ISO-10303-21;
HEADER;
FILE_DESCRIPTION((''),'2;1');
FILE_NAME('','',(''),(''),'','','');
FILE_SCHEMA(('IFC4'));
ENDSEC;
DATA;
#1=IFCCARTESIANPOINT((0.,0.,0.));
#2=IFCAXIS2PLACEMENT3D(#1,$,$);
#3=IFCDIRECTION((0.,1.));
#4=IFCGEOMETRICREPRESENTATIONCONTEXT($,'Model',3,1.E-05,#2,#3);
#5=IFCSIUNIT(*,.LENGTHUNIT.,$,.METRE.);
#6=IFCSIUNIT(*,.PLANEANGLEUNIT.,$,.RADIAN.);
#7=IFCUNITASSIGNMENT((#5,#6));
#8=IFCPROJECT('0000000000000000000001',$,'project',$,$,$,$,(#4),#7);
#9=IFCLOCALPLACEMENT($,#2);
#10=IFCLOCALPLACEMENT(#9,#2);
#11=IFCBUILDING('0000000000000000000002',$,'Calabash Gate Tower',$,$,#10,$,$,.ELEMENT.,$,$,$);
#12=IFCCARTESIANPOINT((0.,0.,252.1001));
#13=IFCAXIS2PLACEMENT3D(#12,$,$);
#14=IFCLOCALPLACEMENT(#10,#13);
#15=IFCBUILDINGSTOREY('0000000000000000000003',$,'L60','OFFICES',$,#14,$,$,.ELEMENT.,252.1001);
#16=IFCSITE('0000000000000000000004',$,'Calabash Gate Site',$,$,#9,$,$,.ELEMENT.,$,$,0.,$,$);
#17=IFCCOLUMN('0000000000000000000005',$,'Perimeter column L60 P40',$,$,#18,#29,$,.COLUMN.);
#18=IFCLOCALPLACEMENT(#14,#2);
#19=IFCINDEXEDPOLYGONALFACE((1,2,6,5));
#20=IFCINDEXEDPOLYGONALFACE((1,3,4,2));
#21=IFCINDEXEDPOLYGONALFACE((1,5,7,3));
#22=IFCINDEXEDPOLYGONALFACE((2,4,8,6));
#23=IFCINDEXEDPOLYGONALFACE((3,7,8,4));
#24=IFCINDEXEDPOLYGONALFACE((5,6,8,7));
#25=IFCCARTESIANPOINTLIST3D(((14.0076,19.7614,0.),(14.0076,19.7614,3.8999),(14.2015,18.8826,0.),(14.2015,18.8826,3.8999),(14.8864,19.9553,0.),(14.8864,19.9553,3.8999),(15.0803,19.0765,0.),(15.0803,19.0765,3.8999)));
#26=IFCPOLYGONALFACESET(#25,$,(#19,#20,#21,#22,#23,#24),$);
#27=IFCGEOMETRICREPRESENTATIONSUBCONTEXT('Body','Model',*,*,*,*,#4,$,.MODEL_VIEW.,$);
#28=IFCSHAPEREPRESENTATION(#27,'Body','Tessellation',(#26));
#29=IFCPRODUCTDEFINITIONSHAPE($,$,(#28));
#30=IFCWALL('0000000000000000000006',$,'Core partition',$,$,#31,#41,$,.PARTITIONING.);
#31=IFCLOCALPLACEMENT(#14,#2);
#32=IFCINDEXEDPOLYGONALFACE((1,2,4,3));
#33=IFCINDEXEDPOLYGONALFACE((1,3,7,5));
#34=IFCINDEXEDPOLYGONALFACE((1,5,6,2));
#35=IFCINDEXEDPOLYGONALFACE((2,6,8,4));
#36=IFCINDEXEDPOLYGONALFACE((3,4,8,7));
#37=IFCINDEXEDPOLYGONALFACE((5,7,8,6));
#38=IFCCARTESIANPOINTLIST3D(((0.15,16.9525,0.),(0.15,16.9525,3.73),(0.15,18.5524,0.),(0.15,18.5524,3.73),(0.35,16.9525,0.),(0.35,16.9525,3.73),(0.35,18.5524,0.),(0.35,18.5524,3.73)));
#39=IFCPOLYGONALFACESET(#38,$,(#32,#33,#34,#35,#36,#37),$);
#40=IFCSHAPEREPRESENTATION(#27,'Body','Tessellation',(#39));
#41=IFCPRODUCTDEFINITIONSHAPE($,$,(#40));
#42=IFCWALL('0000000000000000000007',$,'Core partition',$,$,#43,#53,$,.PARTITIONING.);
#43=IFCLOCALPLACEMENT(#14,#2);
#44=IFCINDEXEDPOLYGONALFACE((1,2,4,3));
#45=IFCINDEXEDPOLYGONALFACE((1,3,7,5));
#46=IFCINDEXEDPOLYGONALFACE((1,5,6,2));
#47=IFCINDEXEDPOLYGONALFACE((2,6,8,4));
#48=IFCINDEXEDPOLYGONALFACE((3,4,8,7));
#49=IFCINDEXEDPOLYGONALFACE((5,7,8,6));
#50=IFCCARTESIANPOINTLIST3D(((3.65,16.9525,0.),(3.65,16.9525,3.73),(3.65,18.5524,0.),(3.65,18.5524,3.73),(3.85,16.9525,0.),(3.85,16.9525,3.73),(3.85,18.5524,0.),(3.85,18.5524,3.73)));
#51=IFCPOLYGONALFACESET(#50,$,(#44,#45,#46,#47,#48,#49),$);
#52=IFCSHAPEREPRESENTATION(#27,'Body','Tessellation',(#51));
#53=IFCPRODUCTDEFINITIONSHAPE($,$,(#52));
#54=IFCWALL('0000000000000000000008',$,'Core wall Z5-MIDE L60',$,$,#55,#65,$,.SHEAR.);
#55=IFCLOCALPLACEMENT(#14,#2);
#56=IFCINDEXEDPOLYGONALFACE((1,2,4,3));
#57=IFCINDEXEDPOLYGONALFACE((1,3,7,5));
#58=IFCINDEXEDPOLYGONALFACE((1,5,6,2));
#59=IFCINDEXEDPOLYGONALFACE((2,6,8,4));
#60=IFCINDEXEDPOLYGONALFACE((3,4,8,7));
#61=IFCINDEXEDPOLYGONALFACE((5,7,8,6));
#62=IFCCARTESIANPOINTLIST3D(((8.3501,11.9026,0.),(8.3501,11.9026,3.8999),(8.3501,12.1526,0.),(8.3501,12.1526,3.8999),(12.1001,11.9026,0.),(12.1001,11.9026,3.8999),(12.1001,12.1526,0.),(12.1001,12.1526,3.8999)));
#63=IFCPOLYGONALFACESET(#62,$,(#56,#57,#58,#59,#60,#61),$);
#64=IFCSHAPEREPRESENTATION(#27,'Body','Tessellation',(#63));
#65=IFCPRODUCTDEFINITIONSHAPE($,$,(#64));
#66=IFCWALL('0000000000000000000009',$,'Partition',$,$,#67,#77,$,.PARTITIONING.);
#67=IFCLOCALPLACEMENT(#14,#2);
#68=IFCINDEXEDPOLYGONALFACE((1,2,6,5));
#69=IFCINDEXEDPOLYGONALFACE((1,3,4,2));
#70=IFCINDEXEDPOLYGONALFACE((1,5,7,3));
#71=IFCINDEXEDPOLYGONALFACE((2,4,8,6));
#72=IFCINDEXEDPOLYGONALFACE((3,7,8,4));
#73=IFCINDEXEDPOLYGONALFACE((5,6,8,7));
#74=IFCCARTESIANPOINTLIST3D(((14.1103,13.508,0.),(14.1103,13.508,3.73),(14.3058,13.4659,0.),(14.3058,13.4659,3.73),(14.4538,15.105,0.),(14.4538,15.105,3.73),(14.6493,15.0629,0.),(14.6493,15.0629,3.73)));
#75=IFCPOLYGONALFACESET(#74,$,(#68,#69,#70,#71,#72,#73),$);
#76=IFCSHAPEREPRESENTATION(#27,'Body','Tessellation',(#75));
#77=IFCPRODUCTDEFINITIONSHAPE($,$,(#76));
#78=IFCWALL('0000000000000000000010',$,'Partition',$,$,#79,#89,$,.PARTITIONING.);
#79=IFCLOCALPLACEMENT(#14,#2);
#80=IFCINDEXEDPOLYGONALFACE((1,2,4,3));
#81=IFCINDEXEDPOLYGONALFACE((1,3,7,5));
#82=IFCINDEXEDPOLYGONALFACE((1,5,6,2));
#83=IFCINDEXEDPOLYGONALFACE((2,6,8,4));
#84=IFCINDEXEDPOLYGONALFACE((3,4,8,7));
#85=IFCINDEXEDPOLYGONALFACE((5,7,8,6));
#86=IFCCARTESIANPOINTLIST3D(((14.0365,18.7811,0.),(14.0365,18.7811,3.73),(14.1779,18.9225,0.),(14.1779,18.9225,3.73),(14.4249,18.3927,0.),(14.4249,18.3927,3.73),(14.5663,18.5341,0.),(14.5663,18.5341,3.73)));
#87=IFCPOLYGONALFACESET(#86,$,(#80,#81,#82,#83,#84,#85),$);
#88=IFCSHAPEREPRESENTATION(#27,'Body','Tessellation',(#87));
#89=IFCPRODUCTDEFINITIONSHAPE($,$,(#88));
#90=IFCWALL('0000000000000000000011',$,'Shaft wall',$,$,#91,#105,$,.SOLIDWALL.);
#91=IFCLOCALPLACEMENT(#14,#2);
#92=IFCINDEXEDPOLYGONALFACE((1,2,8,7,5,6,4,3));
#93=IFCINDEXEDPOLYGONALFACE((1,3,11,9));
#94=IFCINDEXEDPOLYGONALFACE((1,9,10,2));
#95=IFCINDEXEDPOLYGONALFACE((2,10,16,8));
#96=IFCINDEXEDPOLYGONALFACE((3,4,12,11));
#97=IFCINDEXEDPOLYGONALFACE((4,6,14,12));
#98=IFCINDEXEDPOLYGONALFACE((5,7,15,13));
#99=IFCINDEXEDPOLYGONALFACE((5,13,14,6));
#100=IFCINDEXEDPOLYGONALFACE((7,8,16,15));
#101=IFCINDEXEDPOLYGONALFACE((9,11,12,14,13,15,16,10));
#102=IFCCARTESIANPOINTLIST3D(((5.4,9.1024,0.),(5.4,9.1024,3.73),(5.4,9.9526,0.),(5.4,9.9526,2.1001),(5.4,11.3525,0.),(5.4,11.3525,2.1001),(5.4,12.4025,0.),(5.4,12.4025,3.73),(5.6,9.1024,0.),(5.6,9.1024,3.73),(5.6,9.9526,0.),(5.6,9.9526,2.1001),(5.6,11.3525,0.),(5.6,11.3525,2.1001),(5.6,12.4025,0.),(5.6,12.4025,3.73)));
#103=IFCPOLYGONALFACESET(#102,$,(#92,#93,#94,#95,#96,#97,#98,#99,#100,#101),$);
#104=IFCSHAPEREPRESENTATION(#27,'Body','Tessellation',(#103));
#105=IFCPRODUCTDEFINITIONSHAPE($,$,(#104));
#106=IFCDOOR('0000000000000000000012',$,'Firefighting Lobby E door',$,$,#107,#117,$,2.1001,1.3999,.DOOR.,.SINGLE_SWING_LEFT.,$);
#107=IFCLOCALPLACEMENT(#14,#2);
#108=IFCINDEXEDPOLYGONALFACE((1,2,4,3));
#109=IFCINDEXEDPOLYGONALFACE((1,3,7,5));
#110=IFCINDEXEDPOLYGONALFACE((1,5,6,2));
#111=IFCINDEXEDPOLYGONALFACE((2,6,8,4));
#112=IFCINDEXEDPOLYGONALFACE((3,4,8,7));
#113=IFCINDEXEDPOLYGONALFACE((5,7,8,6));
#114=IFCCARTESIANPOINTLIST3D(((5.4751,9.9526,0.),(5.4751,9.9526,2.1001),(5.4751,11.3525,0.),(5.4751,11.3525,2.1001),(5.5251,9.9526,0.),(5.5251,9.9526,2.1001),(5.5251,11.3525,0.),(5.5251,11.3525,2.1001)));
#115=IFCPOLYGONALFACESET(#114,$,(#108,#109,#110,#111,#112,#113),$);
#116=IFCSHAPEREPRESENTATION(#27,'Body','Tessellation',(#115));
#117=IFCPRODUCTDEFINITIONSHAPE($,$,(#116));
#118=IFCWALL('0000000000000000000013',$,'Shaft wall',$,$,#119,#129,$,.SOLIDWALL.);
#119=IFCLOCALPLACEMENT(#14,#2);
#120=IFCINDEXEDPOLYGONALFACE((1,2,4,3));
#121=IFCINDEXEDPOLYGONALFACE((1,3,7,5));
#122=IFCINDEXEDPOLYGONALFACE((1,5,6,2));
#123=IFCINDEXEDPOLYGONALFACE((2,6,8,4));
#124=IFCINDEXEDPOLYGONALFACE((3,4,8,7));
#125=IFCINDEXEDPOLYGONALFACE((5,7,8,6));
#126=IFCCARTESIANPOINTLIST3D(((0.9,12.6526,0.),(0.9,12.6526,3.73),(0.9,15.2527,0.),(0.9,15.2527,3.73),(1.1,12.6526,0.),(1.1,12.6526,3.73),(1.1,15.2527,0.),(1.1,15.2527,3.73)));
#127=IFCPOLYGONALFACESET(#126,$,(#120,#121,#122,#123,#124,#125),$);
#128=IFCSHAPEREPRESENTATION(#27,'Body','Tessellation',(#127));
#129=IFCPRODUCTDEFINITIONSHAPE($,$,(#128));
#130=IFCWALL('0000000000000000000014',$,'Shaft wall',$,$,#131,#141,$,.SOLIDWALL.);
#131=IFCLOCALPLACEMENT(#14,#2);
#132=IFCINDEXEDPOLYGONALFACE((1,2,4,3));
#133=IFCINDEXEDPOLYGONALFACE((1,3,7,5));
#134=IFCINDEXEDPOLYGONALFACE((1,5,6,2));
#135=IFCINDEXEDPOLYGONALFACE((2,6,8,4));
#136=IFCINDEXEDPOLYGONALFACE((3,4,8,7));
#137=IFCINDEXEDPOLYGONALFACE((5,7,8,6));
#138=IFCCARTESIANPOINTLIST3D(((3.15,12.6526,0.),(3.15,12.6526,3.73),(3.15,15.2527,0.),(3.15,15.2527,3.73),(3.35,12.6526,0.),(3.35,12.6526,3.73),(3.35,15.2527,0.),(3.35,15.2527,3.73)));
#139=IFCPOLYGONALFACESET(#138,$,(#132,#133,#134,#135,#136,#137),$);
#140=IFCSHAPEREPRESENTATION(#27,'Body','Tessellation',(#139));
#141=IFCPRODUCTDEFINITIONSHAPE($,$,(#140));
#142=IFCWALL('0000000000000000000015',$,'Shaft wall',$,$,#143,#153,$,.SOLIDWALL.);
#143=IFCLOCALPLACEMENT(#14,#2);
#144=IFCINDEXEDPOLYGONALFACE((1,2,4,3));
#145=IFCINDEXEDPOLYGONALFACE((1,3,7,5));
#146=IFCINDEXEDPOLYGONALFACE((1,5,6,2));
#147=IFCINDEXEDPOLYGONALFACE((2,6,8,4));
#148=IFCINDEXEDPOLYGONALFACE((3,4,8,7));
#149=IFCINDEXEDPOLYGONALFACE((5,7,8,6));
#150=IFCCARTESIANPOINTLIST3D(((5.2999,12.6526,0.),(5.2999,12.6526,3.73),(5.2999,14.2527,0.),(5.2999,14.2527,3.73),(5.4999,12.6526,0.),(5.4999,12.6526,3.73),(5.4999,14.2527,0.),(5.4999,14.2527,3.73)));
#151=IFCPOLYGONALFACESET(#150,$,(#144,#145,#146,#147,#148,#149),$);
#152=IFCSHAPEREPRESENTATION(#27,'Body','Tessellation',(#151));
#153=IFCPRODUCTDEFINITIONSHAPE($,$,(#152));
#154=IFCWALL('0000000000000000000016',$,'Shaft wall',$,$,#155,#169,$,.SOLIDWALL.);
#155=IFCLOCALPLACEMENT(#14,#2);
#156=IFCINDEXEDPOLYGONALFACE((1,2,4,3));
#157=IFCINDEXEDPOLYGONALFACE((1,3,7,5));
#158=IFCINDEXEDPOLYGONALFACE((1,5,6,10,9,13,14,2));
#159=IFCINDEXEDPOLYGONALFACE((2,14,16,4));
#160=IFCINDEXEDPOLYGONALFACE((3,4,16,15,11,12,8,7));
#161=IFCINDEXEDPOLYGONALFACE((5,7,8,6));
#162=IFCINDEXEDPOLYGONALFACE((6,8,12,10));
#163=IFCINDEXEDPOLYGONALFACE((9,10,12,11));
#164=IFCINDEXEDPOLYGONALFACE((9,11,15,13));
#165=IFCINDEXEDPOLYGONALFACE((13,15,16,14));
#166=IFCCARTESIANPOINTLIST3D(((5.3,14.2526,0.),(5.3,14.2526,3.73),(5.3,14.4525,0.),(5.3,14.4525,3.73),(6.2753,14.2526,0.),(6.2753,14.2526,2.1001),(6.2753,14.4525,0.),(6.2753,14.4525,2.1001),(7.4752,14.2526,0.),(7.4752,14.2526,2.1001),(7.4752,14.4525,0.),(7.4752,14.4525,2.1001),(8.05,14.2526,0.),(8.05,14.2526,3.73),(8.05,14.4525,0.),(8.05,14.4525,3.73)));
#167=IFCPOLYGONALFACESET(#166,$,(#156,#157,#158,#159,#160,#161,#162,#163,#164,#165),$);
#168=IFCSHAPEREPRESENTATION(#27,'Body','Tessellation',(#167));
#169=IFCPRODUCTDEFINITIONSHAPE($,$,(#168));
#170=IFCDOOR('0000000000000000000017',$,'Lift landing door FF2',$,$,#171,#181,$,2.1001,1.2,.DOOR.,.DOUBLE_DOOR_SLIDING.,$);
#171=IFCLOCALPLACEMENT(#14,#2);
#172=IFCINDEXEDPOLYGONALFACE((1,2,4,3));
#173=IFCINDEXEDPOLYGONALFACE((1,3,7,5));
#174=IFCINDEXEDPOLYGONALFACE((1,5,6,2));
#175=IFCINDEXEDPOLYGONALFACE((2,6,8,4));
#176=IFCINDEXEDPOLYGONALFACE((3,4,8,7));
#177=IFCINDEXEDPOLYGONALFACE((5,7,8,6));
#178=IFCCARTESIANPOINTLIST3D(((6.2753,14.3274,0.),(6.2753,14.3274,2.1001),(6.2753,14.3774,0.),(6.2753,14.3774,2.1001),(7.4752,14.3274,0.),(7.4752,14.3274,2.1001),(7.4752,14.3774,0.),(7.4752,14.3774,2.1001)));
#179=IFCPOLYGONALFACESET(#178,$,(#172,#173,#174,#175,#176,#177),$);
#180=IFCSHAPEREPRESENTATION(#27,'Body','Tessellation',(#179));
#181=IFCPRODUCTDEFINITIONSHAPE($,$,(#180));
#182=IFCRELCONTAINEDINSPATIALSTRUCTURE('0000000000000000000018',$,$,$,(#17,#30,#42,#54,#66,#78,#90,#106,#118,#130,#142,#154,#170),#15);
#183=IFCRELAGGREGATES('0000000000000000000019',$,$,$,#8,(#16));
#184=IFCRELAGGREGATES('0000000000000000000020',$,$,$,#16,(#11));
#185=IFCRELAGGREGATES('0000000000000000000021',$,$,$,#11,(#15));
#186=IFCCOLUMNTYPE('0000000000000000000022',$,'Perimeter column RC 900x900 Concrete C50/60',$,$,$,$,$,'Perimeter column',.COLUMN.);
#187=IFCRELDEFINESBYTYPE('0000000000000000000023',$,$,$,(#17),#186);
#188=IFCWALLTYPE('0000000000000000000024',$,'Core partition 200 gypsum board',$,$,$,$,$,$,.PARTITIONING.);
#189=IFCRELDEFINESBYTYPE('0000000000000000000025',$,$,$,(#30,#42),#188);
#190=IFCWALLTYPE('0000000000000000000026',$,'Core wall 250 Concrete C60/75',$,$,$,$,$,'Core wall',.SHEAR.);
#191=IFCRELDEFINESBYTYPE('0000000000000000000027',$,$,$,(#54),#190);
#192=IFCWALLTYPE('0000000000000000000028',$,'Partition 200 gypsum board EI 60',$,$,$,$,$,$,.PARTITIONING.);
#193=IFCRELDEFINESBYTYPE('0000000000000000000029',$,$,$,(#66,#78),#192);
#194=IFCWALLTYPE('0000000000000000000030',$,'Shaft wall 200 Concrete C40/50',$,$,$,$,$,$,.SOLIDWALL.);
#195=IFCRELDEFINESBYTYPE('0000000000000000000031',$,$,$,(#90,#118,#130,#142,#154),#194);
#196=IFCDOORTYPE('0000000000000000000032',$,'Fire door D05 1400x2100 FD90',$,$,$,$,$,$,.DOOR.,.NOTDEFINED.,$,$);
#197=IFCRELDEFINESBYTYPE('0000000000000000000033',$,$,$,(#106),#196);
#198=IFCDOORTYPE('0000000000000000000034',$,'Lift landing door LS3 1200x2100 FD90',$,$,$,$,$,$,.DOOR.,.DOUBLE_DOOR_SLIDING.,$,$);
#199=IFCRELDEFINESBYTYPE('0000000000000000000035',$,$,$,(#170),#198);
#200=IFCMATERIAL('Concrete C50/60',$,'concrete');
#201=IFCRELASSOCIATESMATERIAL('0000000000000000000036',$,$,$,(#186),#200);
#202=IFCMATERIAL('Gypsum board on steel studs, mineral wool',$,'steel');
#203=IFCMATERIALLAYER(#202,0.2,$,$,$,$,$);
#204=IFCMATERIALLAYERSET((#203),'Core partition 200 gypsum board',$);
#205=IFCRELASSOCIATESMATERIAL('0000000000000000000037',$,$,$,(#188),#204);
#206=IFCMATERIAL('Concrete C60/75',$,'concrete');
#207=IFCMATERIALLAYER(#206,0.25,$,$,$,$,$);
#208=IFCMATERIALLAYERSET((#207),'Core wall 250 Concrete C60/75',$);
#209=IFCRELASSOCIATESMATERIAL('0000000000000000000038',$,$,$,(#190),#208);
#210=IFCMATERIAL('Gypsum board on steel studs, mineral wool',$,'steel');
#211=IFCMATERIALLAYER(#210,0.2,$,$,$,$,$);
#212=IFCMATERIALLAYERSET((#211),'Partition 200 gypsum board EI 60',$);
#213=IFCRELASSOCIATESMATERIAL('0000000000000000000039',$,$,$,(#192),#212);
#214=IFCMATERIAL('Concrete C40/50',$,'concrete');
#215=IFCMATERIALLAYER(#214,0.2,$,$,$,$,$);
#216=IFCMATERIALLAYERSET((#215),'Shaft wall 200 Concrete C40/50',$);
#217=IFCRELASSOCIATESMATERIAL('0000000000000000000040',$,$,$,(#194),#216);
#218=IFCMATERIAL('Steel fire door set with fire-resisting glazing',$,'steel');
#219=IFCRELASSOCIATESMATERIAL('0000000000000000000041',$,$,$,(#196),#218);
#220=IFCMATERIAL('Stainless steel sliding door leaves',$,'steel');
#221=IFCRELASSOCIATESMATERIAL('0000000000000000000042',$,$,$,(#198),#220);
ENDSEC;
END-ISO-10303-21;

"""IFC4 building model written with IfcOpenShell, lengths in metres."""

from ifc_helpers import new_model, si_unit, direction, frame, frame_2d, origin, origin_2d, place, context, subcontext, project, spatial, rectangle, extrude, material, layer, layer_set, material_profile, profile_set, type_object, element, fill, save


model = new_model("IFC4")

# Units and contexts
model_context = context("Model", 3, precision=1e-05, world=origin(), true_north=direction((0.0, 1.0)))
body_context = subcontext(model_context, "Body", "Model", "MODEL_VIEW")
ifc_project = project(units=[si_unit("LENGTHUNIT", "METRE"), si_unit("PLANEANGLEUNIT", "RADIAN")], contexts=[model_context])

# Site, building, storey
site_placement = place(None, origin())
site = spatial("IfcSite", under=ifc_project, at=site_placement, Name="Calabash Gate Site", CompositionType="ELEMENT", RefElevation=0.0)
building_placement = place(site_placement, origin())
building = spatial("IfcBuilding", under=site, at=building_placement, Name="Calabash Gate Tower", CompositionType="ELEMENT")
storey_placement = place(building_placement, frame((0.0, 0.0, 252.1001)))
storey = spatial("IfcBuildingStorey", under=building, at=storey_placement, Name="L60", Description="OFFICES", CompositionType="ELEMENT", Elevation=252.1001)

# Column
ifc_material_1 = material(Name="Concrete C50/60", Category="concrete")
ifc_material_profile = material_profile(ifc_material_1, rectangle(XDim=0.8999, YDim=0.8999, at=origin_2d()))
ifc_profile_set = profile_set([ifc_material_profile], Name="Concrete C50/60")
column_type = type_object("IfcColumnType", Name="Perimeter column RC 900x900 Concrete C50/60", ElementType="Perimeter column", PredefinedType="COLUMN", material=ifc_profile_set)
column_placement = place(storey_placement, frame((14.5439, 19.4189, 0.0), z_axis=(0.0, 0.0, 1.0), x_axis=(-0.976511, -0.215468, 0.0)))
element("IfcColumn", 1, at=column_placement, inside=storey, type_object=column_type, Name="Perimeter column L60 P40", PredefinedType="COLUMN", context=body_context, shape_type="SweptSolid", body=[
    extrude(rectangle(XDim=0.8999, YDim=0.8999, at=origin_2d()), origin(), (0.0, 0.0, 1.0), 3.8999),
])

# Walls
ifc_material_2 = material(Name="Gypsum board on steel studs, mineral wool", Category="steel")
ifc_layer_1 = layer(ifc_material_2, 0.2)
ifc_layer_set_1 = layer_set([ifc_layer_1], Name="Core partition 200 gypsum board")
wall_type_1 = type_object("IfcWallType", Name="Core partition 200 gypsum board", PredefinedType="PARTITIONING", material=ifc_layer_set_1)
for number, where, z_axis, x_axis, name in (
    (2, (0.25, 16.9526, 0.0), (0.0, 0.0, 1.0), (0.0, 1.0, 0.0), "Core partition"),
    (3, (3.75, 16.9526, 0.0), (0.0, 0.0, 1.0), (0.0, 1.0, 0.0), "Core partition"),
):
    element("IfcWall", number, at=place(storey_placement, frame(where, z_axis=z_axis, x_axis=x_axis)), inside=storey, type_object=wall_type_1, Name=name, PredefinedType="PARTITIONING", context=body_context, shape_type="SweptSolid", body=[
        extrude(rectangle(XDim=1.5999, YDim=0.2, at=frame_2d((0.7998, 0.0))), origin(), (0.0, 0.0, 1.0), 3.73),
    ])
ifc_material_3 = material(Name="Concrete C60/75", Category="concrete")
ifc_layer_2 = layer(ifc_material_3, 0.25)
ifc_layer_set_2 = layer_set([ifc_layer_2], Name="Core wall 250 Concrete C60/75")
wall_type_2 = type_object("IfcWallType", Name="Core wall 250 Concrete C60/75", ElementType="Core wall", PredefinedType="SHEAR", material=ifc_layer_set_2)
wall_1_placement = place(storey_placement, frame((8.3501, 12.0276, 0.0), z_axis=(0.0, 0.0, 1.0), x_axis=(1.0, 0.0, 0.0)))
element("IfcWall", 4, at=wall_1_placement, inside=storey, type_object=wall_type_2, Name="Core wall Z5-MIDE L60", PredefinedType="SHEAR", context=body_context, shape_type="SweptSolid", body=[
    extrude(rectangle(XDim=3.75, YDim=0.25, at=frame_2d((1.875, 0.0))), origin(), (0.0, 0.0, 1.0), 3.8999),
])
ifc_material_4 = material(Name="Gypsum board on steel studs, mineral wool", Category="steel")
ifc_layer_3 = layer(ifc_material_4, 0.2)
ifc_layer_set_3 = layer_set([ifc_layer_3], Name="Partition 200 gypsum board EI 60")
wall_type_3 = type_object("IfcWallType", Name="Partition 200 gypsum board EI 60", PredefinedType="PARTITIONING", material=ifc_layer_set_3)
wall_2_placement = place(storey_placement, frame((14.208, 13.4868, 0.0), z_axis=(0.0, 0.0, 1.0), x_axis=(0.210295, 0.977638, 0.0)))
element("IfcWall", 5, at=wall_2_placement, inside=storey, type_object=wall_type_3, Name="Partition", PredefinedType="PARTITIONING", context=body_context, shape_type="SweptSolid", body=[
    extrude(rectangle(XDim=1.6335, YDim=0.2, at=frame_2d((0.8169, 0.0))), origin(), (0.0, 0.0, 1.0), 3.73),
])
wall_3_placement = place(storey_placement, frame((14.1072, 18.8518, 0.0), z_axis=(0.0, 0.0, 1.0), x_axis=(0.707107, -0.707107, 0.0)))
element("IfcWall", 6, at=wall_3_placement, inside=storey, type_object=wall_type_3, Name="Partition", PredefinedType="PARTITIONING", context=body_context, shape_type="SweptSolid", body=[
    extrude(rectangle(XDim=0.5493, YDim=0.2, at=frame_2d((0.2747, 0.0))), origin(), (0.0, 0.0, 1.0), 3.73),
])

# Wall, opening, door
ifc_material_5 = material(Name="Concrete C40/50", Category="concrete")
ifc_layer_4 = layer(ifc_material_5, 0.2)
ifc_layer_set_4 = layer_set([ifc_layer_4], Name="Shaft wall 200 Concrete C40/50")
wall_type_4 = type_object("IfcWallType", Name="Shaft wall 200 Concrete C40/50", PredefinedType="SOLIDWALL", material=ifc_layer_set_4)
wall_4_placement = place(storey_placement, frame((5.5, 9.1025, 0.0), z_axis=(0.0, 0.0, 1.0), x_axis=(0.0, 1.0, 0.0)))
wall_4 = element("IfcWall", 7, at=wall_4_placement, inside=storey, type_object=wall_type_4, Name="Shaft wall", PredefinedType="SOLIDWALL", context=body_context, shape_type="SweptSolid", body=[
    extrude(rectangle(XDim=3.3, YDim=0.2, at=frame_2d((1.6499, 0.0))), origin(), (0.0, 0.0, 1.0), 3.73),
])
opening_1_placement = place(wall_4_placement, frame((0.8501, 0.0, 0.0)))
opening_1 = element("IfcOpeningElement", 8, at=opening_1_placement, cuts=wall_4, PredefinedType="OPENING", context=body_context, shape_type="SweptSolid", body=[
    extrude(rectangle(XDim=1.3999, YDim=2.1001, at=frame_2d((0.7, 1.05))), frame((0.0, 0.1099, 0.0), z_axis=(0.0, -1.0, 0.0), x_axis=(1.0, 0.0, 0.0)), (0.0, 0.0, 1.0), 0.22),
])
ifc_material_6 = material(Name="Steel fire door set with fire-resisting glazing", Category="steel")
door_type_1 = type_object("IfcDoorType", Name="Fire door D05 1400x2100 FD90", OperationType="NOTDEFINED", PredefinedType="DOOR", material=ifc_material_6)
door_1_placement = place(opening_1_placement, origin())
door_1 = element("IfcDoor", 9, at=door_1_placement, inside=storey, type_object=door_type_1, Name="Firefighting Lobby E door", OperationType="SINGLE_SWING_LEFT", OverallHeight=2.1001, OverallWidth=1.3999, PredefinedType="DOOR", context=body_context, shape_type="SweptSolid", body=[
    extrude(rectangle(XDim=1.3999, YDim=2.1001, at=frame_2d((0.7, 1.05))), frame((0.0, 0.0249, 0.0), z_axis=(0.0, -1.0, 0.0), x_axis=(1.0, 0.0, 0.0)), (0.0, 0.0, 1.0), 0.05),
])
fill(opening_1, door_1)

# Walls
for number, where, z_axis, x_axis, name in (
    (10, (1.0, 12.6526, 0.0), (0.0, 0.0, 1.0), (0.0, 1.0, 0.0), "Shaft wall"),
    (11, (3.25, 12.6526, 0.0), (0.0, 0.0, 1.0), (0.0, 1.0, 0.0), "Shaft wall"),
):
    element("IfcWall", number, at=place(storey_placement, frame(where, z_axis=z_axis, x_axis=x_axis)), inside=storey, type_object=wall_type_4, Name=name, PredefinedType="SOLIDWALL", context=body_context, shape_type="SweptSolid", body=[
        extrude(rectangle(XDim=2.6001, YDim=0.2, at=frame_2d((1.3, 0.0))), origin(), (0.0, 0.0, 1.0), 3.73),
    ])
wall_5_placement = place(storey_placement, frame((5.3999, 12.6526, 0.0), z_axis=(0.0, 0.0, 1.0), x_axis=(0.0, 1.0, 0.0)))
element("IfcWall", 12, at=wall_5_placement, inside=storey, type_object=wall_type_4, Name="Shaft wall", PredefinedType="SOLIDWALL", context=body_context, shape_type="SweptSolid", body=[
    extrude(rectangle(XDim=1.6001, YDim=0.2, at=frame_2d((0.8, 0.0))), origin(), (0.0, 0.0, 1.0), 3.73),
])

# Wall, opening, door
wall_6_placement = place(storey_placement, frame((5.3, 14.3525, 0.0), z_axis=(0.0, 0.0, 1.0), x_axis=(1.0, 0.0, 0.0)))
wall_6 = element("IfcWall", 13, at=wall_6_placement, inside=storey, type_object=wall_type_4, Name="Shaft wall", PredefinedType="SOLIDWALL", context=body_context, shape_type="SweptSolid", body=[
    extrude(rectangle(XDim=2.75, YDim=0.2, at=frame_2d((1.375, 0.0))), origin(), (0.0, 0.0, 1.0), 3.73),
])
opening_2_placement = place(wall_6_placement, frame((0.9751, 0.0, 0.0)))
opening_2 = element("IfcOpeningElement", 14, at=opening_2_placement, cuts=wall_6, PredefinedType="OPENING", context=body_context, shape_type="SweptSolid", body=[
    extrude(rectangle(XDim=1.2, YDim=2.1001, at=frame_2d((0.6001, 1.05))), frame((0.0, 0.1099, 0.0), z_axis=(0.0, -1.0, 0.0), x_axis=(1.0, 0.0, 0.0)), (0.0, 0.0, 1.0), 0.22),
])
ifc_material_7 = material(Name="Stainless steel sliding door leaves", Category="steel")
door_type_2 = type_object("IfcDoorType", Name="Lift landing door LS3 1200x2100 FD90", OperationType="DOUBLE_DOOR_SLIDING", PredefinedType="DOOR", material=ifc_material_7)
door_2_placement = place(opening_2_placement, origin())
door_2 = element("IfcDoor", 15, at=door_2_placement, inside=storey, type_object=door_type_2, Name="Lift landing door FF2", OperationType="DOUBLE_DOOR_SLIDING", OverallHeight=2.1001, OverallWidth=1.2, PredefinedType="DOOR", context=body_context, shape_type="SweptSolid", body=[
    extrude(rectangle(XDim=1.2, YDim=2.1001, at=frame_2d((0.6001, 1.05))), frame((0.0, 0.0249, 0.0), z_axis=(0.0, -1.0, 0.0), x_axis=(1.0, 0.0, 0.0)), (0.0, 0.0, 1.0), 0.05),
])
fill(opening_2, door_2)

save(model, "model.ifc")
